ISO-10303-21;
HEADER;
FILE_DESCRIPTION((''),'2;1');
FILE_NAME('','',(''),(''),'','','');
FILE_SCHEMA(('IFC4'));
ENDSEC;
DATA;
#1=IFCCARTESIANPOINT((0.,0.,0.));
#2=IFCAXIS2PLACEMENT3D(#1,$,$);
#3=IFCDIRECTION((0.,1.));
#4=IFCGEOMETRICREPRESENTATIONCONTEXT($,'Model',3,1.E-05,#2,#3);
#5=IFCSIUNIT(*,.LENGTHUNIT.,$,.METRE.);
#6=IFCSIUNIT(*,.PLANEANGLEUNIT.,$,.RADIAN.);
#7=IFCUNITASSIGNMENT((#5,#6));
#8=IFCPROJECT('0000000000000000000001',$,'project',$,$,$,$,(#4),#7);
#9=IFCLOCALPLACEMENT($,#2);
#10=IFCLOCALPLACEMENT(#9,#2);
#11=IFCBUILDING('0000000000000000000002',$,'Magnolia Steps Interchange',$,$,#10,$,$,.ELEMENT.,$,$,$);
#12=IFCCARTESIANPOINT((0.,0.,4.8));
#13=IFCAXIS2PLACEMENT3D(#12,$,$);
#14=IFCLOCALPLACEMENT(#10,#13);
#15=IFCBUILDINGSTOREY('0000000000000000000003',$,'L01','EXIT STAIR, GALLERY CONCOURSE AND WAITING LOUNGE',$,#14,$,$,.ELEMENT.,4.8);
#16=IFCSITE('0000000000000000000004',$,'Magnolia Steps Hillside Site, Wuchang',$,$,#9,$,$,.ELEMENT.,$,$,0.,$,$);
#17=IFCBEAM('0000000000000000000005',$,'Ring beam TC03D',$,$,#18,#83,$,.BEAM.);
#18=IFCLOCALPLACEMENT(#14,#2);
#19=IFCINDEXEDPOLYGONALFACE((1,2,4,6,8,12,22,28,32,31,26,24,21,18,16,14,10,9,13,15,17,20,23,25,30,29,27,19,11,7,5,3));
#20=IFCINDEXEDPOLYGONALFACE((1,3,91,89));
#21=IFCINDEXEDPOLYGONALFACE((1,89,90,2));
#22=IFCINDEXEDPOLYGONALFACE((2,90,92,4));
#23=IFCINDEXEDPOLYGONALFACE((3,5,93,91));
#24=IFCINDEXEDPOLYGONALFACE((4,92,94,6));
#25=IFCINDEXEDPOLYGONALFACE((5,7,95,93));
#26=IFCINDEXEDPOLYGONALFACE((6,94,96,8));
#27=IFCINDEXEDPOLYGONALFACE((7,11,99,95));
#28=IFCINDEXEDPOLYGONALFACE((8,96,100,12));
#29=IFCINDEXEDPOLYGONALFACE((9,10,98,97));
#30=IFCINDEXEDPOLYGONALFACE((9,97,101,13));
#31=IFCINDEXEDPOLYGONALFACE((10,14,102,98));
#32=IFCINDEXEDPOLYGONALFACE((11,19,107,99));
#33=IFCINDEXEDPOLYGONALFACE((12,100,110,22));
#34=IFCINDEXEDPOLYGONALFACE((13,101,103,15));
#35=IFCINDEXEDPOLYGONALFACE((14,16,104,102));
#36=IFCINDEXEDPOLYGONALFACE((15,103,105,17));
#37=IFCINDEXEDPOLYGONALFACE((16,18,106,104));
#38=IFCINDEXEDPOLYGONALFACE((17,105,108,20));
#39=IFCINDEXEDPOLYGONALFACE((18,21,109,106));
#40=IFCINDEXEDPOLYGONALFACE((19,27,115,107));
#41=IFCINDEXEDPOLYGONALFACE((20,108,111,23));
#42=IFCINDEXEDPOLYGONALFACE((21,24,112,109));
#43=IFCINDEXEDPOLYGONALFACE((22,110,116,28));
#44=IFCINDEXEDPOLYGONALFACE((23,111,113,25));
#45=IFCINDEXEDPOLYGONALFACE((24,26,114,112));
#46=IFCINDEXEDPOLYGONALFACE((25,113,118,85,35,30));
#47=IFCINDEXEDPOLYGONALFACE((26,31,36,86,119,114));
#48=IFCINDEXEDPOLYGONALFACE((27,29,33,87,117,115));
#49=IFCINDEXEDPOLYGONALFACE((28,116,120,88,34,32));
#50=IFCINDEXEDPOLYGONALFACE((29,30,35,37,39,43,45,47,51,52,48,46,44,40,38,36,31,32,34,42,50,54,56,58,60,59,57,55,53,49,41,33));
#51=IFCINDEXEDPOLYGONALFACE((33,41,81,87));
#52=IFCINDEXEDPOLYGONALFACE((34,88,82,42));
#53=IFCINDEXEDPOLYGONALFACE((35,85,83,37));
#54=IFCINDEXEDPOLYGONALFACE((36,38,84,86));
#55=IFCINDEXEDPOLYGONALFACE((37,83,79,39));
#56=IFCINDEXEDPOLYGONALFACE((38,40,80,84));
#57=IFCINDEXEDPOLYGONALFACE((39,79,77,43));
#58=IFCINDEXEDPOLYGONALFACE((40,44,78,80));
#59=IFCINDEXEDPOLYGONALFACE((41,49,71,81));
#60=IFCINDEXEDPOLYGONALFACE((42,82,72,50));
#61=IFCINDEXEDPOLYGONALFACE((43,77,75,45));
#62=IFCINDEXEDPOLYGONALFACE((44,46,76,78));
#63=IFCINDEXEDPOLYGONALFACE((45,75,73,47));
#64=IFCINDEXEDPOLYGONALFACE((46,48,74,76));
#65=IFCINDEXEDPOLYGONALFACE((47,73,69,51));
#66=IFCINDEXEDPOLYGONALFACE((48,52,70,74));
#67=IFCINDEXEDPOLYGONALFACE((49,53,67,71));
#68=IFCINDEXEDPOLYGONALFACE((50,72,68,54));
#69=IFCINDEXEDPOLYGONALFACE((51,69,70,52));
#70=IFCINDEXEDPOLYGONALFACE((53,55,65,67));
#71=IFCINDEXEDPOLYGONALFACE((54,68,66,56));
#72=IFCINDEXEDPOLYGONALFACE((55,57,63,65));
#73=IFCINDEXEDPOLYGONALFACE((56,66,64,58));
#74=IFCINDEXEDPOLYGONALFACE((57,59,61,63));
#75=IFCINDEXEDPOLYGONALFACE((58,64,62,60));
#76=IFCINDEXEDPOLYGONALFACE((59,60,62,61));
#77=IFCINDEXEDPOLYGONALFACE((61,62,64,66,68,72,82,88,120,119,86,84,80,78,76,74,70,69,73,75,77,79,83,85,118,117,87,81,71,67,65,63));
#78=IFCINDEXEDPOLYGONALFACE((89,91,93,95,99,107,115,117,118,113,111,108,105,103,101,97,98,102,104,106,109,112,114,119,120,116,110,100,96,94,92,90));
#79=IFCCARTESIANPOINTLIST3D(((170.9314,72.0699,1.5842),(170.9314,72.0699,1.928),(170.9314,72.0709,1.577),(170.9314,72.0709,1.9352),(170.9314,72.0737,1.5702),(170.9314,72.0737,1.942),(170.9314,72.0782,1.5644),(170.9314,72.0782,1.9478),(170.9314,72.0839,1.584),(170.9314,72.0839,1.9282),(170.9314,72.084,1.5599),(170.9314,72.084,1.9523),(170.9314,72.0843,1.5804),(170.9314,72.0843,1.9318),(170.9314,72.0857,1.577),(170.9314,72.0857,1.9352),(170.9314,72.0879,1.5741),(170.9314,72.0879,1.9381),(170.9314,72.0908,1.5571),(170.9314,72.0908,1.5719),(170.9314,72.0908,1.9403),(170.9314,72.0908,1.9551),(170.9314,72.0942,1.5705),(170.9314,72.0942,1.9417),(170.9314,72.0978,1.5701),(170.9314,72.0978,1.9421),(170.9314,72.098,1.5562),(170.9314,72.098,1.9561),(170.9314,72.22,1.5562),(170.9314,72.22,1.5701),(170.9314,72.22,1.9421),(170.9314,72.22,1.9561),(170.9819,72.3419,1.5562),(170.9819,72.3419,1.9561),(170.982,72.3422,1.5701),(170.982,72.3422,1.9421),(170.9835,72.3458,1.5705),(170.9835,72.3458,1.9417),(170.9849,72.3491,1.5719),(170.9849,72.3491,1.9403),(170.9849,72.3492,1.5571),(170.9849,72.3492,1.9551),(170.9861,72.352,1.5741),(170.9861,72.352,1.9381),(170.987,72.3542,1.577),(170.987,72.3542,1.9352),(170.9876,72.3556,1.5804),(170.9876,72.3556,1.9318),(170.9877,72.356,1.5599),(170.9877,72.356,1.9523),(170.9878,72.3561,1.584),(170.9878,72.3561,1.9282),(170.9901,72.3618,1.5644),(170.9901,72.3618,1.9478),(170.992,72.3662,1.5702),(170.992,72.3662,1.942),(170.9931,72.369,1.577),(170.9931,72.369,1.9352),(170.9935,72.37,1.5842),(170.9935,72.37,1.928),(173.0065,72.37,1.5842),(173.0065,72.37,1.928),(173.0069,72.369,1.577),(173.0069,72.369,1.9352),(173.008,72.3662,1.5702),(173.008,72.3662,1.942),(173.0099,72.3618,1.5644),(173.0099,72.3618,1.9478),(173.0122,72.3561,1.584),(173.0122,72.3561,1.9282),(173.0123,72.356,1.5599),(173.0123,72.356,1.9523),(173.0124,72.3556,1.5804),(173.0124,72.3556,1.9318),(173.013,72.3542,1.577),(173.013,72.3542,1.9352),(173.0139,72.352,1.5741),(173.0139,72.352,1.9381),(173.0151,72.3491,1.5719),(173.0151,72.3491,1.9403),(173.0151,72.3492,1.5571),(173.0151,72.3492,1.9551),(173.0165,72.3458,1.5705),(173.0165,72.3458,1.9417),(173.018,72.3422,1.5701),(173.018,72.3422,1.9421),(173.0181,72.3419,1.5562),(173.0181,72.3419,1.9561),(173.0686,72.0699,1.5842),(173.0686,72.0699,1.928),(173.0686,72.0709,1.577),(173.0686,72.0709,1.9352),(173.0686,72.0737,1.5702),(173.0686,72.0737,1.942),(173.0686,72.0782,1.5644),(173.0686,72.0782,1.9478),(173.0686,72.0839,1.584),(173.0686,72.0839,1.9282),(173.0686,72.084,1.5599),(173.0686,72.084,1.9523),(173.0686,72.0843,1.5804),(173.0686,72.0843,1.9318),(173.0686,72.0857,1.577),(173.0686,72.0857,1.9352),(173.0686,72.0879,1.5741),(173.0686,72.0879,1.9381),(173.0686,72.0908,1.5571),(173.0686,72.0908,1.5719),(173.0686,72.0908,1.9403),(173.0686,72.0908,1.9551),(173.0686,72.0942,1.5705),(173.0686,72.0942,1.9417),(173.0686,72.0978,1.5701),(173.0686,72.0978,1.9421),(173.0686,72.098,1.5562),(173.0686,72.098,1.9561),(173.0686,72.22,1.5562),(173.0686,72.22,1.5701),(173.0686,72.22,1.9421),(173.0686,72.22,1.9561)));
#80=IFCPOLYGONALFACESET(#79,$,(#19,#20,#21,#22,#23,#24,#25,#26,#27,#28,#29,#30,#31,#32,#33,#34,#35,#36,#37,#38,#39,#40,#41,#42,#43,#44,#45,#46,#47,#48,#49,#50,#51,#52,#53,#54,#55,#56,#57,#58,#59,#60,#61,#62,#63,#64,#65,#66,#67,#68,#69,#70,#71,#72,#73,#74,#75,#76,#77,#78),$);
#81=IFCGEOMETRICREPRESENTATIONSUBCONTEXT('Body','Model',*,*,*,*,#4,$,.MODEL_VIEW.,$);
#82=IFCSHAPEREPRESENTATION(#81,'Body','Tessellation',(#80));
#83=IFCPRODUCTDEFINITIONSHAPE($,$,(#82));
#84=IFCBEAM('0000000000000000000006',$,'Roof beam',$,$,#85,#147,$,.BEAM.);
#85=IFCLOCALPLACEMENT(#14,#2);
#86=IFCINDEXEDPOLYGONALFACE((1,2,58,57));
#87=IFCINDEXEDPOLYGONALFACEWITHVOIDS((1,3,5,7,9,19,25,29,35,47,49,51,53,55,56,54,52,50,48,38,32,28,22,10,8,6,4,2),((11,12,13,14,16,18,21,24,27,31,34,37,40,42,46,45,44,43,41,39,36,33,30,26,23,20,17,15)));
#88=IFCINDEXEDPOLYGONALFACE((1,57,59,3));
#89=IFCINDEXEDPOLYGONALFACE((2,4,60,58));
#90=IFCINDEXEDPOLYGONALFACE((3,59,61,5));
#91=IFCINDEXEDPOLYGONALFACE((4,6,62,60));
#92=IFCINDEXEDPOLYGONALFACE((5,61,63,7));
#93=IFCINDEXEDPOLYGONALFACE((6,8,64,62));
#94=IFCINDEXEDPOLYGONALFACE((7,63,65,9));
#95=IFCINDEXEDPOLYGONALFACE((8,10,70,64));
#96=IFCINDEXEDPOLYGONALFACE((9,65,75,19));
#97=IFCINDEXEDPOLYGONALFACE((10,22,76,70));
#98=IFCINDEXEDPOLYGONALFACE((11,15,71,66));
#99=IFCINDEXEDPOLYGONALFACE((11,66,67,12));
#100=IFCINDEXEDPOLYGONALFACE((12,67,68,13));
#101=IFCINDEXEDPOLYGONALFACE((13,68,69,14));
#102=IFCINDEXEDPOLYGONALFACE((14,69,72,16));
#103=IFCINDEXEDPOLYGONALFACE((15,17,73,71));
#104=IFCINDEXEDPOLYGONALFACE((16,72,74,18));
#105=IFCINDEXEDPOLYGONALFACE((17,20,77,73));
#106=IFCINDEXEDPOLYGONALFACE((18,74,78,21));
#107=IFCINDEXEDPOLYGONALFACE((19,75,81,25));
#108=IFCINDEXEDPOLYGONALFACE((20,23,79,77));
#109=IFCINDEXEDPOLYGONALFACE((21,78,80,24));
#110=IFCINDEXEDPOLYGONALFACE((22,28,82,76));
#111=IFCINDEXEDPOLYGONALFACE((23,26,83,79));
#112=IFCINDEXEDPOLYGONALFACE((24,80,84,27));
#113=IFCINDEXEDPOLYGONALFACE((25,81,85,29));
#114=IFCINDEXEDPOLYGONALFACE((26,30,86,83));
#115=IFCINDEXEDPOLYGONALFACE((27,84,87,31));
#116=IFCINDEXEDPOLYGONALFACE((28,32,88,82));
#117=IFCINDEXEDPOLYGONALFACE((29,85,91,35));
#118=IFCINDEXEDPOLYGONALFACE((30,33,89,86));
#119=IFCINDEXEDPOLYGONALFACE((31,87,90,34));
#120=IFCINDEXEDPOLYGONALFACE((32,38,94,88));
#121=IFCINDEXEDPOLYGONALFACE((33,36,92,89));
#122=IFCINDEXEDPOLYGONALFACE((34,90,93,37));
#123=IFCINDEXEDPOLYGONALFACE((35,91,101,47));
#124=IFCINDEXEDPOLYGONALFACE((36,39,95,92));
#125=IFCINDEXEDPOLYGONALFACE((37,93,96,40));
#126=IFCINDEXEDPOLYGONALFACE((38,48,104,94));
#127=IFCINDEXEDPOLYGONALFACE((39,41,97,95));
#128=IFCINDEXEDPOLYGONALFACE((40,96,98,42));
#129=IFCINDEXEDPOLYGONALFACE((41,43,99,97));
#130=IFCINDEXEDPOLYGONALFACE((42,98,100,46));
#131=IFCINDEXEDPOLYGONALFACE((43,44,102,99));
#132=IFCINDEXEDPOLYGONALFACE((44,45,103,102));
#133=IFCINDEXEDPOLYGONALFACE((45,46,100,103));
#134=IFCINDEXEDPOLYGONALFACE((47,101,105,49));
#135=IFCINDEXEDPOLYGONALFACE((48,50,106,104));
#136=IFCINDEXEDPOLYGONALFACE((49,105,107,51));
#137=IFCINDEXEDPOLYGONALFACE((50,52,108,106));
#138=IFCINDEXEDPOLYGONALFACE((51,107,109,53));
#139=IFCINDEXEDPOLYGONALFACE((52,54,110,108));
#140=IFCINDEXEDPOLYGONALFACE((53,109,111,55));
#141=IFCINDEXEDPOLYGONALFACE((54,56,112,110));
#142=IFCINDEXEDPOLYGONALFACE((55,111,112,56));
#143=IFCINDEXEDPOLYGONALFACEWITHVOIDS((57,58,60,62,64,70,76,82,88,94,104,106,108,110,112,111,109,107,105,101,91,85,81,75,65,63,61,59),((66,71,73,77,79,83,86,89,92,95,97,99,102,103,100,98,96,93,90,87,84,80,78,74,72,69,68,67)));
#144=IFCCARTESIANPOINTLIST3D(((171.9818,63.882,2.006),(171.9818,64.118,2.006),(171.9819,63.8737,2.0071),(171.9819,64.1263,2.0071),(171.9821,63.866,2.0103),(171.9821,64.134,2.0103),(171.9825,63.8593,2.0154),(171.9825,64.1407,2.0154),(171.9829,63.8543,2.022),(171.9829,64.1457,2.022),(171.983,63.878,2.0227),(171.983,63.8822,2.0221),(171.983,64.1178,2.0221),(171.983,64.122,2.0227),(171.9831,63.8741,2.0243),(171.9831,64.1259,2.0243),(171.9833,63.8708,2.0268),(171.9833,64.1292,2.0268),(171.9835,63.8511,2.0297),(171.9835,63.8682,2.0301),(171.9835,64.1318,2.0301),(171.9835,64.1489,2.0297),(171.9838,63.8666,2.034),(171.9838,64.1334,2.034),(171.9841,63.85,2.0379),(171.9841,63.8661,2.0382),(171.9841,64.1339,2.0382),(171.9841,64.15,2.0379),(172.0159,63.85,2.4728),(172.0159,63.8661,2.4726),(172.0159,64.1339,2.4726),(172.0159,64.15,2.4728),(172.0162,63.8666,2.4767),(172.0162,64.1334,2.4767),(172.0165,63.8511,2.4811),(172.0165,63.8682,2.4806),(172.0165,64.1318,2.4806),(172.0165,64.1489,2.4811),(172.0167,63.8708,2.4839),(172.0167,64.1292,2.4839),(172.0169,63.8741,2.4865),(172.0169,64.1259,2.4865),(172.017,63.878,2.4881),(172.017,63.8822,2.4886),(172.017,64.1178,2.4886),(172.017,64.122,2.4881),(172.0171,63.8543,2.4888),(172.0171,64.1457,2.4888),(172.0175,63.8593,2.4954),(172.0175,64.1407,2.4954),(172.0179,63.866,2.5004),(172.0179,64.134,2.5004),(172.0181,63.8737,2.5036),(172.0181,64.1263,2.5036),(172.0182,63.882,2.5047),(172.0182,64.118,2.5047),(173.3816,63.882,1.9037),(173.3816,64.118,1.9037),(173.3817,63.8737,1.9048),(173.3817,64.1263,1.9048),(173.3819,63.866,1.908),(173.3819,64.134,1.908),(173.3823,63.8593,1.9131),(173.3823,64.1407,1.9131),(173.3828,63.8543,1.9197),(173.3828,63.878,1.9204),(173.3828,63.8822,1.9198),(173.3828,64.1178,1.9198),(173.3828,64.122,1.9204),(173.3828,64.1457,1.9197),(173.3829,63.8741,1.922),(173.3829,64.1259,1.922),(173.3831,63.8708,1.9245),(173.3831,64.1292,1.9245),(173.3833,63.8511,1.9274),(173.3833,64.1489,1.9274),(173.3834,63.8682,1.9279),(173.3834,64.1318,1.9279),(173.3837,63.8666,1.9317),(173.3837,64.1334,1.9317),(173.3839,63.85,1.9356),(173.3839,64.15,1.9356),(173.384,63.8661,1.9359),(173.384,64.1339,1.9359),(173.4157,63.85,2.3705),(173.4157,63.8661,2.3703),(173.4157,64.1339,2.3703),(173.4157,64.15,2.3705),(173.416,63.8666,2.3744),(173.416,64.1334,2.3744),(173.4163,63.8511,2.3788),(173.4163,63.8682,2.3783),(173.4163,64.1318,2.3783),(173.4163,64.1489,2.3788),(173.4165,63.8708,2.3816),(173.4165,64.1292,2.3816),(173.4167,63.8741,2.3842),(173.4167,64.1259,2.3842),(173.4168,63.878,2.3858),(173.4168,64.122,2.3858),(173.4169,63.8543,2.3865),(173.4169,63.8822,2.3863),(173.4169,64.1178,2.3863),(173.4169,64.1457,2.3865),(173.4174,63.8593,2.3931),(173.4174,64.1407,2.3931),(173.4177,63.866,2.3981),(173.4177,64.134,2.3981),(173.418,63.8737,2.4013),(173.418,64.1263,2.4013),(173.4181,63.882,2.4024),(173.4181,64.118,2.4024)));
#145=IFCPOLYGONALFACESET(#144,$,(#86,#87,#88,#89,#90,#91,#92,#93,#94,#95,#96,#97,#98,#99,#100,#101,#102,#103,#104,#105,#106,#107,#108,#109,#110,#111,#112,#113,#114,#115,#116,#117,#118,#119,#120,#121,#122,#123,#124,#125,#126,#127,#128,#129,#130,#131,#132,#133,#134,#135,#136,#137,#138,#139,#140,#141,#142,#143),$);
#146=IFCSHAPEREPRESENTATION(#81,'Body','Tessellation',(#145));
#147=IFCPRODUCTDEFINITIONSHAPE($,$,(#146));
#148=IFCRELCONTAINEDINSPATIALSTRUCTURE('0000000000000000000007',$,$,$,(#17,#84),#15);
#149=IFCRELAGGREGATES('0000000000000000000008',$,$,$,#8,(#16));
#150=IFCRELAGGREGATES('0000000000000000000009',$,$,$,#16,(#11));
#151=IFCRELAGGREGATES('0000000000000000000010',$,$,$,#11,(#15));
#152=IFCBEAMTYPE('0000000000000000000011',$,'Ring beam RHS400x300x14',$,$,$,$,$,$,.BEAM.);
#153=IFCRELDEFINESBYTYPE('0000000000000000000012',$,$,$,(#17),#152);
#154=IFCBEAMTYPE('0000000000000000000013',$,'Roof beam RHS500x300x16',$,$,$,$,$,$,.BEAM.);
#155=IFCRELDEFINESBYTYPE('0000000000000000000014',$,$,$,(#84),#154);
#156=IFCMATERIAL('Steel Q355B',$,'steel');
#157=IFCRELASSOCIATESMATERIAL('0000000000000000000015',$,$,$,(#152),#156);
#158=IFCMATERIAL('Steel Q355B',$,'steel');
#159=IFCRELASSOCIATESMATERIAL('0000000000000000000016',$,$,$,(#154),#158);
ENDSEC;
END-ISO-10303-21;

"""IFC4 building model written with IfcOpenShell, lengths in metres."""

from ifc_helpers import new_model, si_unit, direction, frame, origin, origin_2d, place, context, subcontext, project, spatial, hollow_rectangle, extrude, clip, halfspace, material, material_profile, profile_set, type_object, element, save


model = new_model("IFC4")

# Units and contexts
model_context = context("Model", 3, precision=1e-05, world=origin(), true_north=direction((0.0, 1.0)))
body_context = subcontext(model_context, "Body", "Model", "MODEL_VIEW")
ifc_project = project(units=[si_unit("LENGTHUNIT", "METRE"), si_unit("PLANEANGLEUNIT", "RADIAN")], contexts=[model_context])

# Site, building, storey
site_placement = place(None, origin())
site = spatial("IfcSite", under=ifc_project, at=site_placement, Name="Magnolia Steps Hillside Site, Wuchang", CompositionType="ELEMENT", RefElevation=0.0)
building_placement = place(site_placement, origin())
building = spatial("IfcBuilding", under=site, at=building_placement, Name="Magnolia Steps Interchange", CompositionType="ELEMENT")
storey_placement = place(building_placement, frame((0.0, 0.0, 4.8)))
storey = spatial("IfcBuildingStorey", under=building, at=storey_placement, Name="L01", Description="EXIT STAIR, GALLERY CONCOURSE AND WAITING LOUNGE", CompositionType="ELEMENT", Elevation=4.8)

# Beams
ifc_material_1 = material(Name="Steel Q355B", Category="steel")
ifc_material_profile_1 = material_profile(ifc_material_1, hollow_rectangle(XDim=0.3, YDim=0.3999, WallThickness=0.0139, InnerFilletRadius=0.0139, OuterFilletRadius=0.0281, at=origin_2d()), Name="RHS400x300x14")
ifc_profile_set_1 = profile_set([ifc_material_profile_1], Name="Steel Q355B")
beam_type_1 = type_object("IfcBeamType", Name="Ring beam RHS400x300x14", PredefinedType="BEAM", material=ifc_profile_set_1)
beam_1_placement = place(storey_placement, frame((170.9314, 72.22, 1.7561), z_axis=(1.0, 0.0, 0.0), x_axis=(0.0, 1.0, 0.0)))
element("IfcBeam", 1, at=beam_1_placement, inside=storey, type_object=beam_type_1, Name="Ring beam TC03D", PredefinedType="BEAM", context=body_context, shape_type="Clipping", body=[
    clip(clip(extrude(hollow_rectangle(XDim=0.3, YDim=0.3999, WallThickness=0.0139, InnerFilletRadius=0.0139, OuterFilletRadius=0.0281, at=origin_2d()), origin(), (0.0, 0.0, 1.0), 2.1372), halfspace(frame((0.0, 0.0, 0.0), z_axis=(0.382683, 0.0, -0.92388), x_axis=(0.92388, 0.0, 0.382683)), False)), halfspace(frame((0.0, 0.0, 2.1372), z_axis=(0.382683, 0.0, 0.92388), x_axis=(0.92388, 0.0, -0.382683)), False)),
])
ifc_material_2 = material(Name="Steel Q355B", Category="steel")
ifc_material_profile_2 = material_profile(ifc_material_2, hollow_rectangle(XDim=0.3, YDim=0.5, WallThickness=0.0161, InnerFilletRadius=0.0161, OuterFilletRadius=0.032, at=origin_2d()), Name="RHS500x300x16")
ifc_profile_set_2 = profile_set([ifc_material_profile_2], Name="Steel Q355B")
beam_type_2 = type_object("IfcBeamType", Name="Roof beam RHS500x300x16", PredefinedType="BEAM", material=ifc_profile_set_2)
beam_2_placement = place(storey_placement, frame((172.0, 64.0, 2.2554), z_axis=(0.997341, 0.0, -0.072879), x_axis=(0.0, 1.0, 0.0)))
element("IfcBeam", 2, at=beam_2_placement, inside=storey, type_object=beam_type_2, Name="Roof beam", PredefinedType="BEAM", context=body_context, shape_type="SweptSolid", body=[
    extrude(hollow_rectangle(XDim=0.3, YDim=0.5, WallThickness=0.0161, InnerFilletRadius=0.0161, OuterFilletRadius=0.032, at=origin_2d()), origin(), (0.0, 0.0, 1.0), 1.4036),
])

save(model, "model.ifc")
